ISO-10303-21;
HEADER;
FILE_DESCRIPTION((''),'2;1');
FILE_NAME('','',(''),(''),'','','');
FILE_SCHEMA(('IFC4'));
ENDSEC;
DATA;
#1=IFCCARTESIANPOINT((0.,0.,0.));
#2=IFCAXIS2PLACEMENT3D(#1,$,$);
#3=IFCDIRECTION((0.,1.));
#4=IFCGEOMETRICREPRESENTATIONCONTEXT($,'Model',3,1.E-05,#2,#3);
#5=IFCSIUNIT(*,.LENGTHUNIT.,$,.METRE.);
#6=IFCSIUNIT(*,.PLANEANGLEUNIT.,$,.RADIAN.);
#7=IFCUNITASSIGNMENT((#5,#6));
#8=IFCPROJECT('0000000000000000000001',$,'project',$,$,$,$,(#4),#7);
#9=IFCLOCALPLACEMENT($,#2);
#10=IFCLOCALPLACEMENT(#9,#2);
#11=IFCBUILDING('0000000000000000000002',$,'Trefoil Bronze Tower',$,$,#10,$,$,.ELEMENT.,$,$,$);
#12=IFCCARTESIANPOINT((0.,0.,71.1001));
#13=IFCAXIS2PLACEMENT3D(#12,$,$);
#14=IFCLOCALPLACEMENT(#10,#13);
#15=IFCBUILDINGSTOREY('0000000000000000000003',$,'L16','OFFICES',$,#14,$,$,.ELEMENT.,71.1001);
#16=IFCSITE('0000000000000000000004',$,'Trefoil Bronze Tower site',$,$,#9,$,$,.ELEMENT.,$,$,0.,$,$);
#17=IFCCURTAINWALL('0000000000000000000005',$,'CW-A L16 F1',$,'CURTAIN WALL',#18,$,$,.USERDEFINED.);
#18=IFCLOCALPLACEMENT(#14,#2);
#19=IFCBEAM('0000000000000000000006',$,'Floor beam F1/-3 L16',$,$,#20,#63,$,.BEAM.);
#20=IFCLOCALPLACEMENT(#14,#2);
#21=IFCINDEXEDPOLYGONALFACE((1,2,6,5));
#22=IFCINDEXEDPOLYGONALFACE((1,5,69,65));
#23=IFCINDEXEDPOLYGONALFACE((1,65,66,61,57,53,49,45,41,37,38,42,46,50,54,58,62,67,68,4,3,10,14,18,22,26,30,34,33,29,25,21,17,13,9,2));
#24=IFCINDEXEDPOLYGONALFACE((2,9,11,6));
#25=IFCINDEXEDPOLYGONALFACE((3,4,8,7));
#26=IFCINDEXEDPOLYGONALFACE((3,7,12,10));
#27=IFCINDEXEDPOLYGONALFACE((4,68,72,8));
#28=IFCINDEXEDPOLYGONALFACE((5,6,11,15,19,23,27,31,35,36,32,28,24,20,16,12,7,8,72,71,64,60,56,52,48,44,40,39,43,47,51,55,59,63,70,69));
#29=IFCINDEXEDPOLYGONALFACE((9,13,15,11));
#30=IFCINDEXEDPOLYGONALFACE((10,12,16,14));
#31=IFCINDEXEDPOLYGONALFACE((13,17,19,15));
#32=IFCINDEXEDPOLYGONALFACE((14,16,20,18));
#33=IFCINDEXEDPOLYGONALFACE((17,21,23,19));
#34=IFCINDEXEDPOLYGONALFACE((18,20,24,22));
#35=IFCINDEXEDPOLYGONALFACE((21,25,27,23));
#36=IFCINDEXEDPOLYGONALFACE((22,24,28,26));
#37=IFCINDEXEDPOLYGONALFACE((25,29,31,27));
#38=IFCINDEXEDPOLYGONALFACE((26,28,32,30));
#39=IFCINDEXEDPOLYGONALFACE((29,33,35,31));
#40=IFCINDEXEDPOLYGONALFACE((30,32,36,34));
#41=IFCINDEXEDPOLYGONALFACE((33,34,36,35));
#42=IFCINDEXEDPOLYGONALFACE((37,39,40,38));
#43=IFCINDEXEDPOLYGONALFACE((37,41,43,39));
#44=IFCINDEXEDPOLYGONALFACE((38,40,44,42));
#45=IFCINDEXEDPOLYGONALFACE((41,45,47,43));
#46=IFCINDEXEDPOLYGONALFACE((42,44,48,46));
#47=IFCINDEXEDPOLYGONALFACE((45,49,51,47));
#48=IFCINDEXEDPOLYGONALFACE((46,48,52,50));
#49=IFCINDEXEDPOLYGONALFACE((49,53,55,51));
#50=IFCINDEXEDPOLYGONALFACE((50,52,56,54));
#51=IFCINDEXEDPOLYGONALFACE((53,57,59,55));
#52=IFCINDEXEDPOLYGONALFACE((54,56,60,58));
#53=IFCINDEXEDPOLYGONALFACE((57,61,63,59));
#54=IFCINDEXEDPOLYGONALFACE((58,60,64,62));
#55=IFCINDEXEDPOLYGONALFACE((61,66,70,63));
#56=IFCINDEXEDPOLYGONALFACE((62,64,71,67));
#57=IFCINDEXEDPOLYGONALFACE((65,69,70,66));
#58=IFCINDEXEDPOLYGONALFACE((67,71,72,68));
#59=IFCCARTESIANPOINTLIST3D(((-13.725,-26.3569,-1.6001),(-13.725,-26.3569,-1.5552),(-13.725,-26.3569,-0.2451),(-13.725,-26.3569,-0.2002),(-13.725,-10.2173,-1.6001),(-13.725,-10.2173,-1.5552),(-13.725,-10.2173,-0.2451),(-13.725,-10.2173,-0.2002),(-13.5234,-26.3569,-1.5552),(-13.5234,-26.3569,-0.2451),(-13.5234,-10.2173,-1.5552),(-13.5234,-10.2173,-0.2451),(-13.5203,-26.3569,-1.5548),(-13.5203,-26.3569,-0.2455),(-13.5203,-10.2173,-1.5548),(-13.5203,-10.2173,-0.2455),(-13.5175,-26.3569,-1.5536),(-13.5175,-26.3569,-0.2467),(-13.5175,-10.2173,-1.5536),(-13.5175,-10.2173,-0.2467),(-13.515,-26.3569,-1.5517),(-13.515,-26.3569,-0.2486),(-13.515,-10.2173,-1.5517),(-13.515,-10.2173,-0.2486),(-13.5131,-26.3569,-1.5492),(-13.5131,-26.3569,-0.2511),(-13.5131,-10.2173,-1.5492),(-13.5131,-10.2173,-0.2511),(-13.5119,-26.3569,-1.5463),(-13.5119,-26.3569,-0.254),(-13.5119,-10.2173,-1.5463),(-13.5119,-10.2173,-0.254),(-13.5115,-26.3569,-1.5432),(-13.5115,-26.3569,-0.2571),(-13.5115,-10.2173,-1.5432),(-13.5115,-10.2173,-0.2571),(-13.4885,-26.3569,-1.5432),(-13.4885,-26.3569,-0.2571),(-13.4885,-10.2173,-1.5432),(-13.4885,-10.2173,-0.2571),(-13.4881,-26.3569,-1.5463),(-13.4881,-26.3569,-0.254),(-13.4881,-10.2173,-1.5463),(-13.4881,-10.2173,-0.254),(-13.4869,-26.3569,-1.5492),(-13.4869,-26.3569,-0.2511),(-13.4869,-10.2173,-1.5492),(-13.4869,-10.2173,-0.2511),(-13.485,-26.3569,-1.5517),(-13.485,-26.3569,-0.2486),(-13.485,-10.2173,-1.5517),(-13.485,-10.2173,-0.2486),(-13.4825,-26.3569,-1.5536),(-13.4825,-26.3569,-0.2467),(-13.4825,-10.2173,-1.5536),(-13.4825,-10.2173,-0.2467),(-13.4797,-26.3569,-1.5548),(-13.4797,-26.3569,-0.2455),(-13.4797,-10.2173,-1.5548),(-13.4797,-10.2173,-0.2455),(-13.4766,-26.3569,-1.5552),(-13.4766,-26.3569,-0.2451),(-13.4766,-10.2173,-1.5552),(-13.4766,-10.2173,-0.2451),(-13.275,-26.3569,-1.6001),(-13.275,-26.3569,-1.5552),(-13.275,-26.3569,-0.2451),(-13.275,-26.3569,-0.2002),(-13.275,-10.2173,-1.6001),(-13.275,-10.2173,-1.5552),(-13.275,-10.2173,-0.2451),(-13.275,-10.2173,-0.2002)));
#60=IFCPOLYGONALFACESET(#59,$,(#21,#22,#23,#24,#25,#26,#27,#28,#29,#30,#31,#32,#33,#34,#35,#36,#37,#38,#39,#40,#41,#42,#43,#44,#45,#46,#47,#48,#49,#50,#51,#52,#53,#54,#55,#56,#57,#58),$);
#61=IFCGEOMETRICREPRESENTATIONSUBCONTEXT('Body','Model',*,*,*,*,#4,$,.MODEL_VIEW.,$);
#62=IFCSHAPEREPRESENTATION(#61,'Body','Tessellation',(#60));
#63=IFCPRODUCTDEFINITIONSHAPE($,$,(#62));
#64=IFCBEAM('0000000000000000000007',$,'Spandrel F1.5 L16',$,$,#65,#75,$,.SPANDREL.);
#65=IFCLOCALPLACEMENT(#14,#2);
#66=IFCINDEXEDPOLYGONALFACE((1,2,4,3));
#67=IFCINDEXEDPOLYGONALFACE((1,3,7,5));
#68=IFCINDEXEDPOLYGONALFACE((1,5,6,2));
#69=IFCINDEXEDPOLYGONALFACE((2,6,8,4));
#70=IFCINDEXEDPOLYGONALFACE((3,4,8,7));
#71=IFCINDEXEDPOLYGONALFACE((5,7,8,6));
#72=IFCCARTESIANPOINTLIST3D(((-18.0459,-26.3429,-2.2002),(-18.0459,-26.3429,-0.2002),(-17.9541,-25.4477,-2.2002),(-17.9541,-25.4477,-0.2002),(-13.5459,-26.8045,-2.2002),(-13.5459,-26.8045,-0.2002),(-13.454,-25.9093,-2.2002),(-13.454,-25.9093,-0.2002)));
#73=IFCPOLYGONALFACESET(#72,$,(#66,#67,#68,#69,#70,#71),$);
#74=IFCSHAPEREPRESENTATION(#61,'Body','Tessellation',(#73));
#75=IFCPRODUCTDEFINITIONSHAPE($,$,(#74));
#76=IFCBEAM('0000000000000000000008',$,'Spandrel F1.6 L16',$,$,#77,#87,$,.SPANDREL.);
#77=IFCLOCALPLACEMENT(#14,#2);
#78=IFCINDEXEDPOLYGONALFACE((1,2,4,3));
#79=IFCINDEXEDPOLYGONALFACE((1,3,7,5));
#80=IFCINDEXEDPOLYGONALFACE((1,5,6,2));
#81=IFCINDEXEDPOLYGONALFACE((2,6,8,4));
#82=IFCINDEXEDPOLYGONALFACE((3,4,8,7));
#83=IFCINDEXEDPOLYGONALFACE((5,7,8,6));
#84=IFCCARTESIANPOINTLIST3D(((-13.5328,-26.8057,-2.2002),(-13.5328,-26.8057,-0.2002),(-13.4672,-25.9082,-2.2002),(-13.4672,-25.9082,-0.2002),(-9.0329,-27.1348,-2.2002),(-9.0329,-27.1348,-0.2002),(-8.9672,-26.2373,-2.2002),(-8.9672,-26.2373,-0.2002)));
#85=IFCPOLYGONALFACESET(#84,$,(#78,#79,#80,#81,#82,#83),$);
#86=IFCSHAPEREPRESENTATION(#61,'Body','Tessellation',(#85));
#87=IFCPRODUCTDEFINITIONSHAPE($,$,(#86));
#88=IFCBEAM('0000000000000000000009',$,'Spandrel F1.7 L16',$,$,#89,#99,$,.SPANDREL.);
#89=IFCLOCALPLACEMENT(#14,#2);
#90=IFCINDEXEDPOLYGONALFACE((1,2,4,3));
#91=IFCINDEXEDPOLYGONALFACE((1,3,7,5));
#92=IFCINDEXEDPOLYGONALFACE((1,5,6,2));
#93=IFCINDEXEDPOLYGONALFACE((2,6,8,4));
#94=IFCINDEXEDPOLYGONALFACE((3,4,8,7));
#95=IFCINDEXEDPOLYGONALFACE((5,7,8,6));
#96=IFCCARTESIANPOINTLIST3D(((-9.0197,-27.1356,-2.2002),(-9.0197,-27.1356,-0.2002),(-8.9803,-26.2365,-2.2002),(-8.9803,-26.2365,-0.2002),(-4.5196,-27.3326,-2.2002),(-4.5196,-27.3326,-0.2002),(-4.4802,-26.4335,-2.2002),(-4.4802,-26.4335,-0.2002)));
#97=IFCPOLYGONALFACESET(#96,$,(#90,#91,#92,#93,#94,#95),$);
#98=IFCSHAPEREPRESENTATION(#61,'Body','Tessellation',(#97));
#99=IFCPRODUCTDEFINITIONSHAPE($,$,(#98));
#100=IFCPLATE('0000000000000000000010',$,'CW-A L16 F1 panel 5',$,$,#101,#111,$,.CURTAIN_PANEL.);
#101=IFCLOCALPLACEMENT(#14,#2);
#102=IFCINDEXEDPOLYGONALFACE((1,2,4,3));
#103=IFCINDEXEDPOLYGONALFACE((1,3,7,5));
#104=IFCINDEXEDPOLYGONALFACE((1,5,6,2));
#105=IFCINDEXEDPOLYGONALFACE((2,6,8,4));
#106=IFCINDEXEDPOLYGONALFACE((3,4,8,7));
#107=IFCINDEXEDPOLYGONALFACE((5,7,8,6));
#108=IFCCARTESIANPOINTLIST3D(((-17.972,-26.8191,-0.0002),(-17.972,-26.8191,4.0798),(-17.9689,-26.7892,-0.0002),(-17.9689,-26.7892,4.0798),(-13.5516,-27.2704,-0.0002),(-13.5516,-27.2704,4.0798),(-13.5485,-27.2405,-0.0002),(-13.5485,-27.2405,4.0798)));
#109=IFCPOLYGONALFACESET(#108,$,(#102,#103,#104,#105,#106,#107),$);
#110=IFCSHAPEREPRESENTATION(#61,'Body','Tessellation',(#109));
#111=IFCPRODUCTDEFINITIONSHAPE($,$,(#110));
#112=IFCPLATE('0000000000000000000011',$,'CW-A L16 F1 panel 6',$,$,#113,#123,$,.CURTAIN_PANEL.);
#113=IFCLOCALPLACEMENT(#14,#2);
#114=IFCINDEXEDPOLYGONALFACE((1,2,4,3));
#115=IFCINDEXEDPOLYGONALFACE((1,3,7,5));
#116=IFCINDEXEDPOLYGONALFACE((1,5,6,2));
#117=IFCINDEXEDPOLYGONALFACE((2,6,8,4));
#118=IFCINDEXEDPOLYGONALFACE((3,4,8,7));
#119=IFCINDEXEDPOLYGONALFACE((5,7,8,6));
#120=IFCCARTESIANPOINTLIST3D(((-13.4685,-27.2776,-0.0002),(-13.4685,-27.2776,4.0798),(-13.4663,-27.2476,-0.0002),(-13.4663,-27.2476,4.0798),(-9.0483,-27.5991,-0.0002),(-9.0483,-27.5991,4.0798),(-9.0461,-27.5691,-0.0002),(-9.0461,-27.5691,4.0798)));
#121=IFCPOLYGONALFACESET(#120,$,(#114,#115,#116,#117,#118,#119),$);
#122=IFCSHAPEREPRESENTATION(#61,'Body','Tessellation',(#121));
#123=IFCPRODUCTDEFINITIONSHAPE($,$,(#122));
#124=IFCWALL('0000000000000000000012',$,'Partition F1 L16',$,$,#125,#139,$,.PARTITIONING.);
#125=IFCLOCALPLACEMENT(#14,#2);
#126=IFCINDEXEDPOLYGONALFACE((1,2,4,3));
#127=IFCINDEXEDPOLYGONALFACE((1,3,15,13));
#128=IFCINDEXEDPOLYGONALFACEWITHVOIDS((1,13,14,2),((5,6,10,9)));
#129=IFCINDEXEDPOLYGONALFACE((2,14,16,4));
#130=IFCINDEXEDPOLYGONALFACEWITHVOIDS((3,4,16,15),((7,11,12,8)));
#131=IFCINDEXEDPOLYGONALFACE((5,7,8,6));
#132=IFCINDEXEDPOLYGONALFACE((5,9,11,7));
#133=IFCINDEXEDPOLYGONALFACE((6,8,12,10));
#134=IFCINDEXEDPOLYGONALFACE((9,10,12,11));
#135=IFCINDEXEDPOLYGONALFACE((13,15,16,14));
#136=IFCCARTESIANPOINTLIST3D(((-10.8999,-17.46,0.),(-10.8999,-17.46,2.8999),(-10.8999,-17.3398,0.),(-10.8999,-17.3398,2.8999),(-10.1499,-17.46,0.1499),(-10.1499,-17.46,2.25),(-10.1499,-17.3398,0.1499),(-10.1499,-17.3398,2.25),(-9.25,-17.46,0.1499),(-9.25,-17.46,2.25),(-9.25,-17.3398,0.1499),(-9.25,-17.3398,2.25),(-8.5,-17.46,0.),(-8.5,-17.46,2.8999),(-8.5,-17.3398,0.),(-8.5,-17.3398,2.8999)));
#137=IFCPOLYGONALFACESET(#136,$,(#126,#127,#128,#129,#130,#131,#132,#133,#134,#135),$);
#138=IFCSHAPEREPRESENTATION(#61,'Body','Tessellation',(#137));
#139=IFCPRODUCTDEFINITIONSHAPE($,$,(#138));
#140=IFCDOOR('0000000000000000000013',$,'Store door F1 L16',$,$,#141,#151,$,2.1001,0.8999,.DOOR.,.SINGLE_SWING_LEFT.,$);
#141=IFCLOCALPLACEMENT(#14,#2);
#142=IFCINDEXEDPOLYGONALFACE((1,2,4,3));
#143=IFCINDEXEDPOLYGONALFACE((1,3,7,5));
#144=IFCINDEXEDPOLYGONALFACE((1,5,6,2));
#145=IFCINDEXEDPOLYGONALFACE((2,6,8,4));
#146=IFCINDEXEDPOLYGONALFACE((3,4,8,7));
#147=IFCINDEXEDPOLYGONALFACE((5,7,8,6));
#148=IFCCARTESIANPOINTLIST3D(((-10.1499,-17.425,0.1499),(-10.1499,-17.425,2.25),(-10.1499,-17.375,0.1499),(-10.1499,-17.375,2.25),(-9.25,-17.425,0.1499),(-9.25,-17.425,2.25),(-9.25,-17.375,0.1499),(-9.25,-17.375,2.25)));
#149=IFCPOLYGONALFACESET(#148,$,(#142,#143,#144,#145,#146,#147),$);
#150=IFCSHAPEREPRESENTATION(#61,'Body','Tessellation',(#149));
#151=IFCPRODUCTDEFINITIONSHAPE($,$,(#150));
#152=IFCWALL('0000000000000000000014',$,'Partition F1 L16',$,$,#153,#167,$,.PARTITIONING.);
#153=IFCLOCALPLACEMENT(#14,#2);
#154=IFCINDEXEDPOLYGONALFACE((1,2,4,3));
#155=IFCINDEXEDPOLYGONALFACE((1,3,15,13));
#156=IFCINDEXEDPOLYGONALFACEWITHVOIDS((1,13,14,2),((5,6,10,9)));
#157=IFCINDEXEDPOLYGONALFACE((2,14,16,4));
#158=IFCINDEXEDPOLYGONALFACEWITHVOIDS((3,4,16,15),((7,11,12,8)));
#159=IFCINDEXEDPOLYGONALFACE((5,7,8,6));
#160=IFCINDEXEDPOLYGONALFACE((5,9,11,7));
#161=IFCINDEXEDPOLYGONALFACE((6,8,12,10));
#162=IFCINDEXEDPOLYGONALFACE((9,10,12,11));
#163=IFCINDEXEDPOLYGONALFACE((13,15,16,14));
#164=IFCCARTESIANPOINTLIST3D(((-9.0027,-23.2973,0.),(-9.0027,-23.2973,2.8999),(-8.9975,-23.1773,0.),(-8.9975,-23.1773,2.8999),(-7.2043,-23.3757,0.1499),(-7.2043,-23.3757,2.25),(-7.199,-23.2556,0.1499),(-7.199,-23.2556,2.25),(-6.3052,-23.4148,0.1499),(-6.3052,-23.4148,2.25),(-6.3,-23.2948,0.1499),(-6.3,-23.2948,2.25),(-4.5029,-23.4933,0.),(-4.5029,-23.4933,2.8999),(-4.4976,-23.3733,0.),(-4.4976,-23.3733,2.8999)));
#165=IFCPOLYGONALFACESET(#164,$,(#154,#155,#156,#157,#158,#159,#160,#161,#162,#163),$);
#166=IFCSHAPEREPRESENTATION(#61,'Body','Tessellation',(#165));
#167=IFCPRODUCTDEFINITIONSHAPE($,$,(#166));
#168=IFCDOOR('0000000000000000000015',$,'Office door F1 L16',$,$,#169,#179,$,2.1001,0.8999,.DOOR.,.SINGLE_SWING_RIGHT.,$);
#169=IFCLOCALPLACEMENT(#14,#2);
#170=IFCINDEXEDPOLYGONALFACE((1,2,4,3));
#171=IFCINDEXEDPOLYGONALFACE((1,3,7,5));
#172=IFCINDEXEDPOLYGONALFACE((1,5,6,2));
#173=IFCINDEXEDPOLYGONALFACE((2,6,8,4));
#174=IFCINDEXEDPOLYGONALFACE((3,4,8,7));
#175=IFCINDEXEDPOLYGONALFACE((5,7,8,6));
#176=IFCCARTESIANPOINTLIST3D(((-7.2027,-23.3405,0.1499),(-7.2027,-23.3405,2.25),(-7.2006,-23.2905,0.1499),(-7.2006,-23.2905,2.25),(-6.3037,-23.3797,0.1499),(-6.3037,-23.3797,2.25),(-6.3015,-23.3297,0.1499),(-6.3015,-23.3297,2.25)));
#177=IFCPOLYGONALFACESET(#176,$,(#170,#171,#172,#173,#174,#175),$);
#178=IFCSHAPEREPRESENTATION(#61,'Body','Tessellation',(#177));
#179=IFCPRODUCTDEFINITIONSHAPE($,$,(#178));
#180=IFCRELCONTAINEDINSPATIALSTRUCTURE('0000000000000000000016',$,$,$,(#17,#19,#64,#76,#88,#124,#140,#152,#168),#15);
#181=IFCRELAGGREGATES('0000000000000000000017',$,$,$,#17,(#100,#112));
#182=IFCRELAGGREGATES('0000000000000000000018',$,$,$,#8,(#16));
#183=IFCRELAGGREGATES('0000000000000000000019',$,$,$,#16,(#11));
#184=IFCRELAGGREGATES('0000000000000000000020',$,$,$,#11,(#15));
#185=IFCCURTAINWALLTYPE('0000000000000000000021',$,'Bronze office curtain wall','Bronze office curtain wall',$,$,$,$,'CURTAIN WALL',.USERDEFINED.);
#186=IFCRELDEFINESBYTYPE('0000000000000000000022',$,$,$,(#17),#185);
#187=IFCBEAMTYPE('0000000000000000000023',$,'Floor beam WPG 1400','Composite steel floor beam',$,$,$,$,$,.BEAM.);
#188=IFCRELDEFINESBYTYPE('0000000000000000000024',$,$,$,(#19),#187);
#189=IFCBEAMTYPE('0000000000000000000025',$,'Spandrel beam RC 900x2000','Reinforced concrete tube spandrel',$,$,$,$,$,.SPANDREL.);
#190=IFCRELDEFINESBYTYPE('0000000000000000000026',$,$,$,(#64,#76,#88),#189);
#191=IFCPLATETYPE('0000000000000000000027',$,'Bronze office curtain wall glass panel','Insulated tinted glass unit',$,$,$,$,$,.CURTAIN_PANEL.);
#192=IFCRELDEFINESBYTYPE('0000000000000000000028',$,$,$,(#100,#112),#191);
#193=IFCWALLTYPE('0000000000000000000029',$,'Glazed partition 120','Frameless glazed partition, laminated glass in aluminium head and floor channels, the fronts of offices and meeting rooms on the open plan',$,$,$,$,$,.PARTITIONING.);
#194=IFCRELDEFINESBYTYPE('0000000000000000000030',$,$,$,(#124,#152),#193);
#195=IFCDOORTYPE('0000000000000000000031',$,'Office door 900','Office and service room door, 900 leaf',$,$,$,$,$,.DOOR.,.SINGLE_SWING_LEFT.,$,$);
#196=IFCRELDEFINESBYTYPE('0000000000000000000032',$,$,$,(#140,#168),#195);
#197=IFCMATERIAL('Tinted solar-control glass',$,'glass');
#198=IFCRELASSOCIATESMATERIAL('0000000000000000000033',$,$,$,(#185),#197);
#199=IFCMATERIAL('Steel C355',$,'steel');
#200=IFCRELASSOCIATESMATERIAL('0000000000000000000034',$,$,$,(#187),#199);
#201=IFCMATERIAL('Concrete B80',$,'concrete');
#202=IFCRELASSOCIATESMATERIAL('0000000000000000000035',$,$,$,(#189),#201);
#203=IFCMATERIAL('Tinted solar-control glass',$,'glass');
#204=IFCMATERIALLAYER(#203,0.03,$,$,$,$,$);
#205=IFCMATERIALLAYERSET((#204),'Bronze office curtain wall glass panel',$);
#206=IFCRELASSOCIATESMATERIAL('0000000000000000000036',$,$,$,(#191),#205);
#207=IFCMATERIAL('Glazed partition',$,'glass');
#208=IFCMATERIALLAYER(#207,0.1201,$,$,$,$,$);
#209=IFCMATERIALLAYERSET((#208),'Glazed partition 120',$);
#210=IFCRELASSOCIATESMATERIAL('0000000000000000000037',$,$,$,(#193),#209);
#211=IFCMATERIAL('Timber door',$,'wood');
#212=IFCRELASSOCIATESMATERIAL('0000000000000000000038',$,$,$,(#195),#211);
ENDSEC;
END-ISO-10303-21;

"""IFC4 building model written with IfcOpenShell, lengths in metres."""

from ifc_helpers import new_model, si_unit, direction, frame, frame_2d, origin, origin_2d, place, context, subcontext, project, spatial, rectangle, i_section, extrude, material, layer, layer_set, material_profile, profile_set, type_object, element, fill, aggregate, save


model = new_model("IFC4")

# Units and contexts
model_context = context("Model", 3, precision=1e-05, world=origin(), true_north=direction((0.0, 1.0)))
body_context = subcontext(model_context, "Body", "Model", "MODEL_VIEW")
ifc_project = project(units=[si_unit("LENGTHUNIT", "METRE"), si_unit("PLANEANGLEUNIT", "RADIAN")], contexts=[model_context])

# Site, building, storey
site_placement = place(None, origin())
site = spatial("IfcSite", under=ifc_project, at=site_placement, Name="Trefoil Bronze Tower site", CompositionType="ELEMENT", RefElevation=0.0)
building_placement = place(site_placement, origin())
building = spatial("IfcBuilding", under=site, at=building_placement, Name="Trefoil Bronze Tower", CompositionType="ELEMENT")
storey_placement = place(building_placement, frame((0.0, 0.0, 71.1001)))
storey = spatial("IfcBuildingStorey", under=building, at=storey_placement, Name="L16", Description="OFFICES", CompositionType="ELEMENT", Elevation=71.1001)

# Curtain wall
ifc_material_1 = material(Name="Tinted solar-control glass", Category="glass")
curtain_wall_type = type_object("IfcCurtainWallType", Name="Bronze office curtain wall", Description="Bronze office curtain wall", ElementType="CURTAIN WALL", PredefinedType="USERDEFINED", material=ifc_material_1)
curtain_wall_placement = place(storey_placement, origin())
curtain_wall = element("IfcCurtainWall", 1, at=curtain_wall_placement, inside=storey, type_object=curtain_wall_type, Name="CW-A L16 F1", ObjectType="CURTAIN WALL", PredefinedType="USERDEFINED")

# Beams
ifc_material_2 = material(Name="Steel C355", Category="steel")
ifc_material_profile_1 = material_profile(ifc_material_2, i_section(OverallWidth=0.45, OverallDepth=1.3999, WebThickness=0.0229, FlangeThickness=0.0449, FilletRadius=0.012, at=origin_2d()), Name="WPG 1400")
ifc_profile_set_1 = profile_set([ifc_material_profile_1], Name="Steel C355")
beam_type_1 = type_object("IfcBeamType", Name="Floor beam WPG 1400", Description="Composite steel floor beam", PredefinedType="BEAM", material=ifc_profile_set_1)
beam_1_placement = place(storey_placement, frame((-13.5, -26.3569, -0.9001), z_axis=(0.0, 1.0, 0.0), x_axis=(-1.0, 0.0, 0.0)))
element("IfcBeam", 2, at=beam_1_placement, inside=storey, type_object=beam_type_1, Name="Floor beam F1/-3 L16", PredefinedType="BEAM", context=body_context, shape_type="SweptSolid", body=[
    extrude(i_section(OverallWidth=0.45, OverallDepth=1.3999, WebThickness=0.0229, FlangeThickness=0.0449, FilletRadius=0.012, at=origin_2d()), origin(), (0.0, 0.0, 1.0), 16.1396),
])
ifc_material_3 = material(Name="Concrete B80", Category="concrete")
ifc_material_profile_2 = material_profile(ifc_material_3, rectangle(XDim=0.8999, YDim=2.0, at=origin_2d()), Name="RC 900x2000")
ifc_profile_set_2 = profile_set([ifc_material_profile_2], Name="Concrete B80")
beam_type_2 = type_object("IfcBeamType", Name="Spandrel beam RC 900x2000", Description="Reinforced concrete tube spandrel", PredefinedType="SPANDREL", material=ifc_profile_set_2)
beam_2_placement = place(storey_placement, frame((-18.0, -25.8953, -1.2002), z_axis=(0.994778, -0.102058, 0.0), x_axis=(0.102058, 0.994778, 0.0)))
element("IfcBeam", 3, at=beam_2_placement, inside=storey, type_object=beam_type_2, Name="Spandrel F1.5 L16", PredefinedType="SPANDREL", context=body_context, shape_type="SweptSolid", body=[
    extrude(rectangle(XDim=0.8999, YDim=2.0, at=origin_2d()), origin(), (0.0, 0.0, 1.0), 4.5237),
])
beam_3_placement = place(storey_placement, frame((-13.5, -26.3569, -1.2002), z_axis=(0.997336, -0.072939, 0.0), x_axis=(0.072939, 0.997336, 0.0)))
element("IfcBeam", 4, at=beam_3_placement, inside=storey, type_object=beam_type_2, Name="Spandrel F1.6 L16", PredefinedType="SPANDREL", context=body_context, shape_type="SweptSolid", body=[
    extrude(rectangle(XDim=0.8999, YDim=2.0, at=origin_2d()), origin(), (0.0, 0.0, 1.0), 4.512),
])
beam_4_placement = place(storey_placement, frame((-9.0, -26.686, -1.2002), z_axis=(0.999043, -0.043741, 0.0), x_axis=(0.043741, 0.999043, 0.0)))
element("IfcBeam", 5, at=beam_4_placement, inside=storey, type_object=beam_type_2, Name="Spandrel F1.7 L16", PredefinedType="SPANDREL", context=body_context, shape_type="SweptSolid", body=[
    extrude(rectangle(XDim=0.8999, YDim=2.0, at=origin_2d()), origin(), (0.0, 0.0, 1.0), 4.5044),
])

# Plates
ifc_material_4 = material(Name="Tinted solar-control glass", Category="glass")
ifc_layer_1 = layer(ifc_material_4, 0.03)
ifc_layer_set_1 = layer_set([ifc_layer_1], Name="Bronze office curtain wall glass panel")
plate_type = type_object("IfcPlateType", Name="Bronze office curtain wall glass panel", Description="Insulated tinted glass unit", PredefinedType="CURTAIN_PANEL", material=ifc_layer_set_1)
plate_1_placement = place(storey_placement, frame((-15.7603, -27.0298, -0.0002), z_axis=(0.0, 0.0, 1.0), x_axis=(0.994829, -0.101565, 0.0)))
plate_1 = element("IfcPlate", 6, at=plate_1_placement, type_object=plate_type, Name="CW-A L16 F1 panel 5", PredefinedType="CURTAIN_PANEL", context=body_context, shape_type="SweptSolid", body=[
    extrude(rectangle(XDim=4.4434, YDim=0.03, at=origin_2d()), origin(), (0.0, 0.0, 1.0), 4.0801),
])
plate_2_placement = place(storey_placement, frame((-11.2573, -27.4233, -0.0002), z_axis=(0.0, 0.0, 1.0), x_axis=(0.997365, -0.072547, 0.0)))
plate_2 = element("IfcPlate", 7, at=plate_2_placement, type_object=plate_type, Name="CW-A L16 F1 panel 6", PredefinedType="CURTAIN_PANEL", context=body_context, shape_type="SweptSolid", body=[
    extrude(rectangle(XDim=4.4319, YDim=0.03, at=origin_2d()), origin(), (0.0, 0.0, 1.0), 4.0801),
])
aggregate(curtain_wall, [plate_1, plate_2])

# Walls, openings, doors
ifc_material_5 = material(Name="Glazed partition", Category="glass")
ifc_layer_2 = layer(ifc_material_5, 0.1201)
ifc_layer_set_2 = layer_set([ifc_layer_2], Name="Glazed partition 120")
wall_type = type_object("IfcWallType", Name="Glazed partition 120", Description="Frameless glazed partition, laminated glass in aluminium head and floor channels, the fronts of offices and meeting rooms on the open plan", PredefinedType="PARTITIONING", material=ifc_layer_set_2)
wall_1_placement = place(storey_placement, frame((-10.8999, -17.3999, 0.0), z_axis=(0.0, 0.0, 1.0), x_axis=(1.0, 0.0, 0.0)))
wall_1 = element("IfcWall", 8, at=wall_1_placement, inside=storey, type_object=wall_type, Name="Partition F1 L16", PredefinedType="PARTITIONING", context=body_context, shape_type="SweptSolid", body=[
    extrude(rectangle(XDim=2.3999, YDim=0.1201, at=frame_2d((1.2, 0.0))), origin(), (0.0, 0.0, 1.0), 2.8999),
])
opening_1_placement = place(wall_1_placement, frame((0.75, 0.0, 0.1499)))
opening_1 = element("IfcOpeningElement", 9, at=opening_1_placement, cuts=wall_1, PredefinedType="OPENING", context=body_context, shape_type="SweptSolid", body=[
    extrude(rectangle(XDim=0.8999, YDim=2.1001, at=frame_2d((0.45, 1.05))), frame((0.0, 0.0701, 0.0), z_axis=(0.0, -1.0, 0.0), x_axis=(1.0, 0.0, 0.0)), (0.0, 0.0, 1.0), 0.1401),
])
ifc_material_6 = material(Name="Timber door", Category="wood")
door_type = type_object("IfcDoorType", Name="Office door 900", Description="Office and service room door, 900 leaf", OperationType="SINGLE_SWING_LEFT", PredefinedType="DOOR", material=ifc_material_6)
door_1_placement = place(opening_1_placement, origin())
door_1 = element("IfcDoor", 10, at=door_1_placement, inside=storey, type_object=door_type, Name="Store door F1 L16", OperationType="SINGLE_SWING_LEFT", OverallHeight=2.1001, OverallWidth=0.8999, PredefinedType="DOOR", context=body_context, shape_type="SweptSolid", body=[
    extrude(rectangle(XDim=0.8999, YDim=2.1001, at=frame_2d((0.45, 1.05))), frame((0.0, 0.0249, 0.0), z_axis=(0.0, -1.0, 0.0), x_axis=(1.0, 0.0, 0.0)), (0.0, 0.0, 1.0), 0.05),
])
fill(opening_1, door_1)
wall_2_placement = place(storey_placement, frame((-9.0, -23.2373, 0.0), z_axis=(0.0, 0.0, 1.0), x_axis=(0.999052, -0.043524, 0.0)))
wall_2 = element("IfcWall", 11, at=wall_2_placement, inside=storey, type_object=wall_type, Name="Partition F1 L16", PredefinedType="PARTITIONING", context=body_context, shape_type="SweptSolid", body=[
    extrude(rectangle(XDim=4.5042, YDim=0.1201, at=frame_2d((2.252, 0.0))), origin(), (0.0, 0.0, 1.0), 2.8999),
])
opening_2_placement = place(wall_2_placement, frame((1.8, 0.0, 0.1499)))
opening_2 = element("IfcOpeningElement", 12, at=opening_2_placement, cuts=wall_2, PredefinedType="OPENING", context=body_context, shape_type="SweptSolid", body=[
    extrude(rectangle(XDim=0.8999, YDim=2.1001, at=frame_2d((0.45, 1.05))), frame((0.0, 0.0701, 0.0), z_axis=(0.0, -1.0, 0.0), x_axis=(1.0, 0.0, 0.0)), (0.0, 0.0, 1.0), 0.1401),
])
door_2_placement = place(opening_2_placement, frame((0.8999, 0.0, 0.0), z_axis=(0.0, 0.0, 1.0), x_axis=(-1.0, 0.0, 0.0)))
door_2 = element("IfcDoor", 13, at=door_2_placement, inside=storey, type_object=door_type, Name="Office door F1 L16", OperationType="SINGLE_SWING_RIGHT", OverallHeight=2.1001, OverallWidth=0.8999, PredefinedType="DOOR", context=body_context, shape_type="SweptSolid", body=[
    extrude(rectangle(XDim=0.8999, YDim=2.1001, at=frame_2d((0.45, 1.05))), frame((0.0, 0.0249, 0.0), z_axis=(0.0, -1.0, 0.0), x_axis=(1.0, 0.0, 0.0)), (0.0, 0.0, 1.0), 0.05),
])
fill(opening_2, door_2)

save(model, "model.ifc")
